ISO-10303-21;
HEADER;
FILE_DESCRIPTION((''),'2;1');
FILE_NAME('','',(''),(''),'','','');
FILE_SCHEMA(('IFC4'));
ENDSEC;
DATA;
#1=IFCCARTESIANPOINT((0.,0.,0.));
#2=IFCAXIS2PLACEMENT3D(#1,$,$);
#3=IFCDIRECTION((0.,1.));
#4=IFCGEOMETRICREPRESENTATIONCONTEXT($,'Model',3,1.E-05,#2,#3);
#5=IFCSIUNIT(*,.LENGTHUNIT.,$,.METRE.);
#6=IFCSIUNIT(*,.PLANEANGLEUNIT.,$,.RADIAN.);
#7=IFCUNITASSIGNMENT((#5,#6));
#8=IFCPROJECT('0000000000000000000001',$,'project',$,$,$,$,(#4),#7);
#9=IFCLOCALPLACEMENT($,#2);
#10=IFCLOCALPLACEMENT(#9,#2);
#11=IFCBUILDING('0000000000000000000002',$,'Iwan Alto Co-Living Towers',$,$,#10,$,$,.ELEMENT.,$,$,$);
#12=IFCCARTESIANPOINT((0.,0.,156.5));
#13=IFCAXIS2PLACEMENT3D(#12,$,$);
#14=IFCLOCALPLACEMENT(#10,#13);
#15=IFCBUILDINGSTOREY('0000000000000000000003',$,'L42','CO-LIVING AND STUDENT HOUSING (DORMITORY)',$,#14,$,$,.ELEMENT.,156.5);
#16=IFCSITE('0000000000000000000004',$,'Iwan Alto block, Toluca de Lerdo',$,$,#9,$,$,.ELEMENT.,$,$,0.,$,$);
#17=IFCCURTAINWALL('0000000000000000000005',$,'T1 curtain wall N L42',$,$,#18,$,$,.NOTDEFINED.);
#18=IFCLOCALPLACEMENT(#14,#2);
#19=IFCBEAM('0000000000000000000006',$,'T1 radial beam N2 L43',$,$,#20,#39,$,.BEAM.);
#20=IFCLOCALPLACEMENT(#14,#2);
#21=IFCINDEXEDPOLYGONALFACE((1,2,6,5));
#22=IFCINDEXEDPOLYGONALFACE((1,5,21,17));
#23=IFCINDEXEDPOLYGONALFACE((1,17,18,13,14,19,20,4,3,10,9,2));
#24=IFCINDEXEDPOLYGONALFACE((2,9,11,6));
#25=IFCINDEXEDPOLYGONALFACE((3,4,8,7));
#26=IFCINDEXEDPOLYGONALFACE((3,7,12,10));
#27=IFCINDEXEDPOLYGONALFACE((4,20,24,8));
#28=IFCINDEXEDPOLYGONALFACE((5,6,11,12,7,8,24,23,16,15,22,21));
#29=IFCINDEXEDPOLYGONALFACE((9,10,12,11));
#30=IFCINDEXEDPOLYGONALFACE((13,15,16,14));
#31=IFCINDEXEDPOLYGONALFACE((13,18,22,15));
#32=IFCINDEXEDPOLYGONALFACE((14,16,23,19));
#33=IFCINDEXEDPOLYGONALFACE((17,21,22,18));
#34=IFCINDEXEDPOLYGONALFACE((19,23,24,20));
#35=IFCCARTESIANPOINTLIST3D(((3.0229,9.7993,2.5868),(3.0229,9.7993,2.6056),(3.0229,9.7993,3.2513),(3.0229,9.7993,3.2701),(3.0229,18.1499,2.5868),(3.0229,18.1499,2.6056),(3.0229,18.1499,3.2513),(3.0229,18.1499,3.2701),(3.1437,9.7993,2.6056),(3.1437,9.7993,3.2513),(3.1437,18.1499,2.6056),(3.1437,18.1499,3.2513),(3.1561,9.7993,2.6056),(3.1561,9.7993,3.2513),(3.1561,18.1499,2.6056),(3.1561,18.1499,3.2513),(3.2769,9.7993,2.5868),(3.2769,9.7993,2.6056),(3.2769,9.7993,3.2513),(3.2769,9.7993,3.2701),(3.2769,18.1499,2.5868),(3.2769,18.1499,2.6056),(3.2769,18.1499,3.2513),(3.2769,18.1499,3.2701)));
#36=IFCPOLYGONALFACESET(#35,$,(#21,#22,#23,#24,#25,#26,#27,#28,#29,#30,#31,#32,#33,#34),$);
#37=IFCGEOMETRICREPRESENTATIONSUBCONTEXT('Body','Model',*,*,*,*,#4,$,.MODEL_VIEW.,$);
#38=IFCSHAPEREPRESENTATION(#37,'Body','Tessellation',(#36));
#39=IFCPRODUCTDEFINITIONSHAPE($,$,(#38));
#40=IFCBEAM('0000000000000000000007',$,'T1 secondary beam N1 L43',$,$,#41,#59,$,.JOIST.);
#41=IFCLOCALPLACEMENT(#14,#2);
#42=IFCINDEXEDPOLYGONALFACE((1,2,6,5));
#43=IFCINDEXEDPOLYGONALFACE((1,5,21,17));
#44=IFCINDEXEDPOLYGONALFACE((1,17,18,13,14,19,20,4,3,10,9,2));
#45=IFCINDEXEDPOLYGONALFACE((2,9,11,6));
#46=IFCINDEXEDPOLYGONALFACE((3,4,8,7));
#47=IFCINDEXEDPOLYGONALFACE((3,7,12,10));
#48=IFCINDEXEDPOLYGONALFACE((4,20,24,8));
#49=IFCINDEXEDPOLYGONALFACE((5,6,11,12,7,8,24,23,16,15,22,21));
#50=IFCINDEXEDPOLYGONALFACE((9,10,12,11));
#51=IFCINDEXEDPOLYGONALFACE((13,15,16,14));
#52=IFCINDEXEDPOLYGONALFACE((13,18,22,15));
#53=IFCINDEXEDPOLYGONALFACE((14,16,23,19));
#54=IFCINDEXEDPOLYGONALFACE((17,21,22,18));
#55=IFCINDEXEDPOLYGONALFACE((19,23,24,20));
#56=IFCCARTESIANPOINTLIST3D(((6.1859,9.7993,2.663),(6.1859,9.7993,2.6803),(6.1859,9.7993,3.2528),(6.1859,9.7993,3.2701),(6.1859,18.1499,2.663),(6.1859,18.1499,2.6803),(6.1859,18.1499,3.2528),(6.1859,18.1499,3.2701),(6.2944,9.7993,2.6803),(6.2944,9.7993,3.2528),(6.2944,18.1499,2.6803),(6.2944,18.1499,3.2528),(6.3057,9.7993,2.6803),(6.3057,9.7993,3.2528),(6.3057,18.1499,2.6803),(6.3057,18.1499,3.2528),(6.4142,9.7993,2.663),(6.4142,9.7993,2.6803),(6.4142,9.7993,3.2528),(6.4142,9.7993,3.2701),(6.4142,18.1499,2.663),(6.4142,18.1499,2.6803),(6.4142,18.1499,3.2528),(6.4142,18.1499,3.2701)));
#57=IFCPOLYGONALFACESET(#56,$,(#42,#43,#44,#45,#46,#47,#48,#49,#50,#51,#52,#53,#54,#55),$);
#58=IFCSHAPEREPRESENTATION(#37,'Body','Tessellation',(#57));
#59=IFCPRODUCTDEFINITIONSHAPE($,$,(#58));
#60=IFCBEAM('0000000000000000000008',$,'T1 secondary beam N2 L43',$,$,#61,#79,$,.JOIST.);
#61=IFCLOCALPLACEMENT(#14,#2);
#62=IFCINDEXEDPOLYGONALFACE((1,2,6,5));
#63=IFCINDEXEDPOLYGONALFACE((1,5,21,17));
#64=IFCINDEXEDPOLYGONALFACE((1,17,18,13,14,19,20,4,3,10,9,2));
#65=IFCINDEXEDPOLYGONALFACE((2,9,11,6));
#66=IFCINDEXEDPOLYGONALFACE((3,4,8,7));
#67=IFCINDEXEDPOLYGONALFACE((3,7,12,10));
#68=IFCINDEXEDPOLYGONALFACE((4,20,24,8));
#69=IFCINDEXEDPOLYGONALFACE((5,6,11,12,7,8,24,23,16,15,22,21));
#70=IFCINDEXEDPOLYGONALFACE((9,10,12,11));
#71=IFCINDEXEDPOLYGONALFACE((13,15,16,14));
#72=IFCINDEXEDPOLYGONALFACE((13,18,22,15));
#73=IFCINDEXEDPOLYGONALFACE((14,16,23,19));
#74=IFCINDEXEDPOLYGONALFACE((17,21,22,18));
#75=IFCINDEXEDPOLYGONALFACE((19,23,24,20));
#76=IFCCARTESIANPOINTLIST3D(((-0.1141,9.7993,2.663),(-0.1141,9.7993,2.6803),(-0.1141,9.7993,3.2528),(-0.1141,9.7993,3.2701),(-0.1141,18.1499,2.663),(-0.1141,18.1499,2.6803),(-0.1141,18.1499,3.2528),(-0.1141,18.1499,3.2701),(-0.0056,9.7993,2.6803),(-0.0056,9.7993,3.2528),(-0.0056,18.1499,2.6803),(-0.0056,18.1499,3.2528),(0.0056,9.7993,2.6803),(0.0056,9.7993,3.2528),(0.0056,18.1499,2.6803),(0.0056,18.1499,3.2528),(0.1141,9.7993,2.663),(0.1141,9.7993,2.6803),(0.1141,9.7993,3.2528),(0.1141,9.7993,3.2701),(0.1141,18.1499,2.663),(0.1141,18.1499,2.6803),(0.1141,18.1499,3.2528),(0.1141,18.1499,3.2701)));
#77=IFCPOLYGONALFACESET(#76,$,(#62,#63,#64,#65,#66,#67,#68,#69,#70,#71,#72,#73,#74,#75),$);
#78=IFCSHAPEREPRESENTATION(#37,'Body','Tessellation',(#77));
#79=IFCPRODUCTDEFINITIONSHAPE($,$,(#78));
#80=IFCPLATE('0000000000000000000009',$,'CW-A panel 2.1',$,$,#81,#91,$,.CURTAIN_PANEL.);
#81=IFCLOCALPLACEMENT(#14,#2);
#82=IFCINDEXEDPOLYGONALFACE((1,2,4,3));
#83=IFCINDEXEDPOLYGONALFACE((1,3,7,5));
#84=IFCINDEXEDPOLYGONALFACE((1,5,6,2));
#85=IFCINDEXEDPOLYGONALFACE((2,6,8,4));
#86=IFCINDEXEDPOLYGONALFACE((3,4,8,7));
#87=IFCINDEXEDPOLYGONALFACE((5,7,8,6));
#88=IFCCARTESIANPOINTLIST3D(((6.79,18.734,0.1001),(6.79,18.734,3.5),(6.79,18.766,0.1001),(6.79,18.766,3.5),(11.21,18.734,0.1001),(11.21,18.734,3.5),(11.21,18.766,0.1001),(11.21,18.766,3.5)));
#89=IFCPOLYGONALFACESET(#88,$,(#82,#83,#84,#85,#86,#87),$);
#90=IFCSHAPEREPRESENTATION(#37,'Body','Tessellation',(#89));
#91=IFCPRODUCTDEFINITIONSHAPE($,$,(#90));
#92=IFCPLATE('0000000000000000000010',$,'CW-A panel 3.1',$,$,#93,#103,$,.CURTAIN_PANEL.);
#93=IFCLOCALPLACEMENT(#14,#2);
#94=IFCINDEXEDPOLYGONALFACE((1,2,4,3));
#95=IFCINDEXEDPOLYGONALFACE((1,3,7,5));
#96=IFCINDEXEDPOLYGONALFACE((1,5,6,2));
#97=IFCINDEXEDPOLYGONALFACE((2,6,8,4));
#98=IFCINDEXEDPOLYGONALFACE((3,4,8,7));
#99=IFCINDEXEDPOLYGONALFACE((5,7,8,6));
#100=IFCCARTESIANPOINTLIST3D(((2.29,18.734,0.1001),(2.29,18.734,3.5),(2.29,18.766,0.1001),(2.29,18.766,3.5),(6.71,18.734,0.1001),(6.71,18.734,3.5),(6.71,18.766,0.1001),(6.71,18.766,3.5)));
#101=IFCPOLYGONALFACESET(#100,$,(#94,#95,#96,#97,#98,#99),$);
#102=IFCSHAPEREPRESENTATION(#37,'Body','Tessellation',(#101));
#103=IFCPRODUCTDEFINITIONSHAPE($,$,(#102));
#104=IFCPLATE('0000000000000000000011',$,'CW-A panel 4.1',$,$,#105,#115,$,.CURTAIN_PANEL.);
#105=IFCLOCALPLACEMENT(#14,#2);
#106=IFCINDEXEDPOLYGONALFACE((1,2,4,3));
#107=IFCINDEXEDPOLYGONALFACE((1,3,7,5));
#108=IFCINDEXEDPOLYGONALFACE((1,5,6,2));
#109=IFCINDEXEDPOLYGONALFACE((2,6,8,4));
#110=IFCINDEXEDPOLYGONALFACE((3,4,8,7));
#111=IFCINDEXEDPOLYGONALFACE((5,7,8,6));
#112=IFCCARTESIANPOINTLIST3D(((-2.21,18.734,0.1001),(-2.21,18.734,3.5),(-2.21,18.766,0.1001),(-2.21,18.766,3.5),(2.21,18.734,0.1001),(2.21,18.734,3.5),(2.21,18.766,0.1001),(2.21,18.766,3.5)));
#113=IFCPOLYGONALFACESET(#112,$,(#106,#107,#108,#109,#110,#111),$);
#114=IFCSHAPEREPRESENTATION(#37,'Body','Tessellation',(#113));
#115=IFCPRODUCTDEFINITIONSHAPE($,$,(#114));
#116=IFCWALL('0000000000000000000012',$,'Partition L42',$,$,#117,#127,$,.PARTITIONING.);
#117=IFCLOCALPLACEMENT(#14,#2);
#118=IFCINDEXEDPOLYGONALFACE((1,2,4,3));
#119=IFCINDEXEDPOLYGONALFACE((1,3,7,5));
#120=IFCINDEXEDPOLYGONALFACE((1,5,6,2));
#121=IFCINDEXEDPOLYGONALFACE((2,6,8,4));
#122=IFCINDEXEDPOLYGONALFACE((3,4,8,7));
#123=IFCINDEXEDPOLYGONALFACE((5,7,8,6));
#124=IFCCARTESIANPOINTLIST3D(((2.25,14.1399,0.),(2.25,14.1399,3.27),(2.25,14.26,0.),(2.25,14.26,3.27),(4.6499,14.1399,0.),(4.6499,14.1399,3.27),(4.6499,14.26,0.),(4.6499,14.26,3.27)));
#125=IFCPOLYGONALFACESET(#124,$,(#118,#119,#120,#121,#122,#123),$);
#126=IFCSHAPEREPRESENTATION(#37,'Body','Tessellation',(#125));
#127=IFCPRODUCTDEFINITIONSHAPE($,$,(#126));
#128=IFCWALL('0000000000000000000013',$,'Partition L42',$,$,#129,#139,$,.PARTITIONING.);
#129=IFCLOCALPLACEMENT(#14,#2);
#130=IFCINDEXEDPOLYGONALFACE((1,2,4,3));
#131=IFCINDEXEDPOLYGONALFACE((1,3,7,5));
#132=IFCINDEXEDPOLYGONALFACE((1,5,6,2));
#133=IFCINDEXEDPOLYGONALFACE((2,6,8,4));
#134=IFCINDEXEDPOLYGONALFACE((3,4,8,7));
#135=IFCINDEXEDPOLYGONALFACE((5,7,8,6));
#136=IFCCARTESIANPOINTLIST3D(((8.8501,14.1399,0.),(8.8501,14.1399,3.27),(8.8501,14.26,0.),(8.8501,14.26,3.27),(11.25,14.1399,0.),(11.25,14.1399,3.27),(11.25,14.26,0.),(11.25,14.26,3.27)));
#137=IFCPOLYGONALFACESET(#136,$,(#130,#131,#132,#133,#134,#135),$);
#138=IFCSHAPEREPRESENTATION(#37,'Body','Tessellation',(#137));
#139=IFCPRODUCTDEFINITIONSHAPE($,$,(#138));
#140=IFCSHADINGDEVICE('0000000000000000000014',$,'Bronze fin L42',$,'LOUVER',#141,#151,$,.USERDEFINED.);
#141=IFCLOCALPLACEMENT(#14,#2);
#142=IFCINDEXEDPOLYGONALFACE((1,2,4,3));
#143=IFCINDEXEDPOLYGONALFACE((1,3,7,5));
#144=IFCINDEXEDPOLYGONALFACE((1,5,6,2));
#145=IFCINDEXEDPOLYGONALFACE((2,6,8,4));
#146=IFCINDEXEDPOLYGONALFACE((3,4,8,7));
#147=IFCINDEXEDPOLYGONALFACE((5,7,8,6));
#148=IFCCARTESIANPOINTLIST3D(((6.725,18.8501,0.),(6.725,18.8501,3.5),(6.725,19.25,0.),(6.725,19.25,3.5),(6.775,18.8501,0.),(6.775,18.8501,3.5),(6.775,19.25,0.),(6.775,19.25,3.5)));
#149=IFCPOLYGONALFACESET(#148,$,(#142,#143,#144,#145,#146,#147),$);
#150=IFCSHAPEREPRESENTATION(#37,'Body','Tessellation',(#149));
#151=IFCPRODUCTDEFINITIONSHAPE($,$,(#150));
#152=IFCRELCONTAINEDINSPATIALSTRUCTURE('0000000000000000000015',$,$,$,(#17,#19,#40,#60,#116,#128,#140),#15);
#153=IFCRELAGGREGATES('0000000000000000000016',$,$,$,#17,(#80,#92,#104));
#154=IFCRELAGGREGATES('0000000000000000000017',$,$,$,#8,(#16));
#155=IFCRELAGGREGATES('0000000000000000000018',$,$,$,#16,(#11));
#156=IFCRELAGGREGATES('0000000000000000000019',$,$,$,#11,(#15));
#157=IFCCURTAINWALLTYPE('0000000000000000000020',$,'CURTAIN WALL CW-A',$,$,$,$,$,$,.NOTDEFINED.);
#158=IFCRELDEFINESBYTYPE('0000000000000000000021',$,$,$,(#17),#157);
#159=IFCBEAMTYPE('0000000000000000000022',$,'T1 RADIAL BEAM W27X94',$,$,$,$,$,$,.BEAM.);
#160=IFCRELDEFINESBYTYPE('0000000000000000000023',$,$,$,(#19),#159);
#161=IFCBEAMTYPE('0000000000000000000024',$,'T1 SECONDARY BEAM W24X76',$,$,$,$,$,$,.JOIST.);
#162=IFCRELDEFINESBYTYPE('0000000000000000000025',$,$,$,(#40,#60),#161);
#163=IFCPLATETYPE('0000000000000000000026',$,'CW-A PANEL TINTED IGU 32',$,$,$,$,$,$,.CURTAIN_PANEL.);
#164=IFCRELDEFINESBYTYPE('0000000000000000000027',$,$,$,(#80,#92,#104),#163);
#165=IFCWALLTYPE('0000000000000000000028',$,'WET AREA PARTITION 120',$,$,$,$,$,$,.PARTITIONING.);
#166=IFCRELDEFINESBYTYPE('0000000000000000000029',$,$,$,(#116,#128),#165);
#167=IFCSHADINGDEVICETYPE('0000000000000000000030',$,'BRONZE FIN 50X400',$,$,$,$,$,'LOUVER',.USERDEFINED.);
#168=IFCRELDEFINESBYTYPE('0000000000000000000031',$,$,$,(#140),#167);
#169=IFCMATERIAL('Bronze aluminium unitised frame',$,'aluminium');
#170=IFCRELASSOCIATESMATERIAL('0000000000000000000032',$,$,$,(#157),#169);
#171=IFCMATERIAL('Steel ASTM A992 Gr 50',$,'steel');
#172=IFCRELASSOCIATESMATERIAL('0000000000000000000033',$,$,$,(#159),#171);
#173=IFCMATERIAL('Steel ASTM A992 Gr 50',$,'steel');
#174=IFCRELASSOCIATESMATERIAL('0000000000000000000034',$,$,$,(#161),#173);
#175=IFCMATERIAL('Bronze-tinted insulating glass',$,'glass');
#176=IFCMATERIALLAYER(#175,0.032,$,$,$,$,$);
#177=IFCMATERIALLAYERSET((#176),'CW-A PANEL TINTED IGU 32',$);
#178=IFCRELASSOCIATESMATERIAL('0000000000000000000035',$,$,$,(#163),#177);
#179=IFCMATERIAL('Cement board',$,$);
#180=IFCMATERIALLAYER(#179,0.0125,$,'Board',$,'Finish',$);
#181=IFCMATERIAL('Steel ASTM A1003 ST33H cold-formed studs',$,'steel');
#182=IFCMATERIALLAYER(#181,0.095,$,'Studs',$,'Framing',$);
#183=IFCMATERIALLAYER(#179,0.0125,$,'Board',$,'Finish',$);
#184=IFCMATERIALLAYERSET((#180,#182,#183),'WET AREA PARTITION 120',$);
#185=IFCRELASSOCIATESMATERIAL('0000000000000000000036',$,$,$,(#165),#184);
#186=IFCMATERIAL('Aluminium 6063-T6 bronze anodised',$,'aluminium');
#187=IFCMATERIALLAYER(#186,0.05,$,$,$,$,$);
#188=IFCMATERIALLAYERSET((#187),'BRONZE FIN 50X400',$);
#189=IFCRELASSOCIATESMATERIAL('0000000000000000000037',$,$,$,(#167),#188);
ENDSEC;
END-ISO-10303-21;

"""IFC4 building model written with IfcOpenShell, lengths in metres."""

from ifc_helpers import new_model, si_unit, direction, frame, frame_2d, origin, origin_2d, place, context, subcontext, project, spatial, rectangle, i_section, extrude, material, layer, layer_set, material_profile, profile_set, type_object, element, aggregate, save


model = new_model("IFC4")

# Units and contexts
model_context = context("Model", 3, precision=1e-05, world=origin(), true_north=direction((0.0, 1.0)))
body_context = subcontext(model_context, "Body", "Model", "MODEL_VIEW")
ifc_project = project(units=[si_unit("LENGTHUNIT", "METRE"), si_unit("PLANEANGLEUNIT", "RADIAN")], contexts=[model_context])

# Site, building, storey
site_placement = place(None, origin())
site = spatial("IfcSite", under=ifc_project, at=site_placement, Name="Iwan Alto block, Toluca de Lerdo", CompositionType="ELEMENT", RefElevation=0.0)
building_placement = place(site_placement, origin())
building = spatial("IfcBuilding", under=site, at=building_placement, Name="Iwan Alto Co-Living Towers", CompositionType="ELEMENT")
storey_placement = place(building_placement, frame((0.0, 0.0, 156.5)))
storey = spatial("IfcBuildingStorey", under=building, at=storey_placement, Name="L42", Description="CO-LIVING AND STUDENT HOUSING (DORMITORY)", CompositionType="ELEMENT", Elevation=156.5)

# Curtain wall
ifc_material_1 = material(Name="Bronze aluminium unitised frame", Category="aluminium")
curtain_wall_type = type_object("IfcCurtainWallType", Name="CURTAIN WALL CW-A", PredefinedType="NOTDEFINED", material=ifc_material_1)
curtain_wall_placement = place(storey_placement, origin())
curtain_wall = element("IfcCurtainWall", 1, at=curtain_wall_placement, inside=storey, type_object=curtain_wall_type, Name="T1 curtain wall N L42", PredefinedType="NOTDEFINED")

# Beams
ifc_material_2 = material(Name="Steel ASTM A992 Gr 50", Category="steel")
ifc_material_profile_1 = material_profile(ifc_material_2, i_section(OverallWidth=0.2539, OverallDepth=0.6833, WebThickness=0.0125, FlangeThickness=0.0188, at=origin_2d()), Name="W27X94")
ifc_profile_set_1 = profile_set([ifc_material_profile_1], Name="Steel ASTM A992 Gr 50")
beam_type_1 = type_object("IfcBeamType", Name="T1 RADIAL BEAM W27X94", PredefinedType="BEAM", material=ifc_profile_set_1)
for number, where, z_axis, x_axis, name in (
    (2, (3.1499, 18.1499, 2.9285), (0.0, -1.0, 0.0), (1.0, 0.0, 0.0), "T1 radial beam N2 L43"),
):
    element("IfcBeam", number, at=place(storey_placement, frame(where, z_axis=z_axis, x_axis=x_axis)), inside=storey, type_object=beam_type_1, Name=name, PredefinedType="BEAM", context=body_context, shape_type="SweptSolid", body=[
        extrude(i_section(OverallWidth=0.2539, OverallDepth=0.6833, WebThickness=0.0125, FlangeThickness=0.0188, at=origin_2d()), origin(), (0.0, 0.0, 1.0), 8.3506),
    ])
ifc_material_3 = material(Name="Steel ASTM A992 Gr 50", Category="steel")
ifc_material_profile_2 = material_profile(ifc_material_3, i_section(OverallWidth=0.2283, OverallDepth=0.6072, WebThickness=0.0112, FlangeThickness=0.0173, at=origin_2d()), Name="W24X76")
ifc_profile_set_2 = profile_set([ifc_material_profile_2], Name="Steel ASTM A992 Gr 50")
beam_type_2 = type_object("IfcBeamType", Name="T1 SECONDARY BEAM W24X76", PredefinedType="JOIST", material=ifc_profile_set_2)
for number, where, z_axis, x_axis, name in (
    (3, (6.3, 18.1499, 2.9666), (0.0, -1.0, 0.0), (1.0, 0.0, 0.0), "T1 secondary beam N1 L43"),
    (4, (0.0, 18.1499, 2.9666), (0.0, -1.0, 0.0), (1.0, 0.0, 0.0), "T1 secondary beam N2 L43"),
):
    element("IfcBeam", number, at=place(storey_placement, frame(where, z_axis=z_axis, x_axis=x_axis)), inside=storey, type_object=beam_type_2, Name=name, PredefinedType="JOIST", context=body_context, shape_type="SweptSolid", body=[
        extrude(i_section(OverallWidth=0.2283, OverallDepth=0.6072, WebThickness=0.0112, FlangeThickness=0.0173, at=origin_2d()), origin(), (0.0, 0.0, 1.0), 8.3506),
    ])

# Plates
ifc_material_4 = material(Name="Bronze-tinted insulating glass", Category="glass")
ifc_layer_1 = layer(ifc_material_4, 0.032)
ifc_layer_set_1 = layer_set([ifc_layer_1], Name="CW-A PANEL TINTED IGU 32")
plate_type = type_object("IfcPlateType", Name="CW-A PANEL TINTED IGU 32", PredefinedType="CURTAIN_PANEL", material=ifc_layer_set_1)
plate_1_placement = place(storey_placement, frame((9.0, 18.75, 0.1001), z_axis=(0.0, 0.0, 1.0), x_axis=(-1.0, 0.0, 0.0)))
plate_1 = element("IfcPlate", 5, at=plate_1_placement, type_object=plate_type, Name="CW-A panel 2.1", PredefinedType="CURTAIN_PANEL", context=body_context, shape_type="SweptSolid", body=[
    extrude(rectangle(XDim=4.4199, YDim=0.032, at=origin_2d()), origin(), (0.0, 0.0, 1.0), 3.3999),
])
plate_2_placement = place(storey_placement, frame((4.5, 18.75, 0.1001), z_axis=(0.0, 0.0, 1.0), x_axis=(-1.0, 0.0, 0.0)))
plate_2 = element("IfcPlate", 6, at=plate_2_placement, type_object=plate_type, Name="CW-A panel 3.1", PredefinedType="CURTAIN_PANEL", context=body_context, shape_type="SweptSolid", body=[
    extrude(rectangle(XDim=4.4199, YDim=0.032, at=origin_2d()), origin(), (0.0, 0.0, 1.0), 3.3999),
])
plate_3_placement = place(storey_placement, frame((0.0, 18.75, 0.1001), z_axis=(0.0, 0.0, 1.0), x_axis=(-1.0, 0.0, 0.0)))
plate_3 = element("IfcPlate", 7, at=plate_3_placement, type_object=plate_type, Name="CW-A panel 4.1", PredefinedType="CURTAIN_PANEL", context=body_context, shape_type="SweptSolid", body=[
    extrude(rectangle(XDim=4.4199, YDim=0.032, at=origin_2d()), origin(), (0.0, 0.0, 1.0), 3.3999),
])
aggregate(curtain_wall, [plate_1, plate_2, plate_3])

# Walls
ifc_material_5 = material(Name="Cement board")
ifc_layer_2 = layer(ifc_material_5, 0.0125, Name="Board", Category="Finish")
ifc_material_6 = material(Name="Steel ASTM A1003 ST33H cold-formed studs", Category="steel")
ifc_layer_3 = layer(ifc_material_6, 0.095, Name="Studs", Category="Framing")
ifc_layer_4 = layer(ifc_material_5, 0.0125, Name="Board", Category="Finish")
ifc_layer_set_2 = layer_set([ifc_layer_2, ifc_layer_3, ifc_layer_4], Name="WET AREA PARTITION 120")
wall_type = type_object("IfcWallType", Name="WET AREA PARTITION 120", PredefinedType="PARTITIONING", material=ifc_layer_set_2)
for number, where, z_axis, x_axis, name in (
    (8, (2.25, 14.2, 0.0), (0.0, 0.0, 1.0), (1.0, 0.0, 0.0), "Partition L42"),
    (9, (8.8501, 14.2, 0.0), (0.0, 0.0, 1.0), (1.0, 0.0, 0.0), "Partition L42"),
):
    element("IfcWall", number, at=place(storey_placement, frame(where, z_axis=z_axis, x_axis=x_axis)), inside=storey, type_object=wall_type, Name=name, PredefinedType="PARTITIONING", context=body_context, shape_type="SweptSolid", body=[
        extrude(rectangle(XDim=2.3999, YDim=0.1201, at=frame_2d((1.2, 0.0))), origin(), (0.0, 0.0, 1.0), 3.27),
    ])

# Shading device
ifc_material_7 = material(Name="Aluminium 6063-T6 bronze anodised", Category="aluminium")
ifc_layer_5 = layer(ifc_material_7, 0.05)
ifc_layer_set_3 = layer_set([ifc_layer_5], Name="BRONZE FIN 50X400")
shading_device_type = type_object("IfcShadingDeviceType", Name="BRONZE FIN 50X400", ElementType="LOUVER", PredefinedType="USERDEFINED", material=ifc_layer_set_3)
shading_device_placement = place(storey_placement, frame((6.75, 19.05, 0.0), z_axis=(0.0, 0.0, 1.0), x_axis=(-1.0, 0.0, 0.0)))
element("IfcShadingDevice", 10, at=shading_device_placement, inside=storey, type_object=shading_device_type, Name="Bronze fin L42", ObjectType="LOUVER", PredefinedType="USERDEFINED", context=body_context, shape_type="SweptSolid", body=[
    extrude(rectangle(XDim=0.05, YDim=0.3999, at=origin_2d()), origin(), (0.0, 0.0, 1.0), 3.5),
])

save(model, "model.ifc")
